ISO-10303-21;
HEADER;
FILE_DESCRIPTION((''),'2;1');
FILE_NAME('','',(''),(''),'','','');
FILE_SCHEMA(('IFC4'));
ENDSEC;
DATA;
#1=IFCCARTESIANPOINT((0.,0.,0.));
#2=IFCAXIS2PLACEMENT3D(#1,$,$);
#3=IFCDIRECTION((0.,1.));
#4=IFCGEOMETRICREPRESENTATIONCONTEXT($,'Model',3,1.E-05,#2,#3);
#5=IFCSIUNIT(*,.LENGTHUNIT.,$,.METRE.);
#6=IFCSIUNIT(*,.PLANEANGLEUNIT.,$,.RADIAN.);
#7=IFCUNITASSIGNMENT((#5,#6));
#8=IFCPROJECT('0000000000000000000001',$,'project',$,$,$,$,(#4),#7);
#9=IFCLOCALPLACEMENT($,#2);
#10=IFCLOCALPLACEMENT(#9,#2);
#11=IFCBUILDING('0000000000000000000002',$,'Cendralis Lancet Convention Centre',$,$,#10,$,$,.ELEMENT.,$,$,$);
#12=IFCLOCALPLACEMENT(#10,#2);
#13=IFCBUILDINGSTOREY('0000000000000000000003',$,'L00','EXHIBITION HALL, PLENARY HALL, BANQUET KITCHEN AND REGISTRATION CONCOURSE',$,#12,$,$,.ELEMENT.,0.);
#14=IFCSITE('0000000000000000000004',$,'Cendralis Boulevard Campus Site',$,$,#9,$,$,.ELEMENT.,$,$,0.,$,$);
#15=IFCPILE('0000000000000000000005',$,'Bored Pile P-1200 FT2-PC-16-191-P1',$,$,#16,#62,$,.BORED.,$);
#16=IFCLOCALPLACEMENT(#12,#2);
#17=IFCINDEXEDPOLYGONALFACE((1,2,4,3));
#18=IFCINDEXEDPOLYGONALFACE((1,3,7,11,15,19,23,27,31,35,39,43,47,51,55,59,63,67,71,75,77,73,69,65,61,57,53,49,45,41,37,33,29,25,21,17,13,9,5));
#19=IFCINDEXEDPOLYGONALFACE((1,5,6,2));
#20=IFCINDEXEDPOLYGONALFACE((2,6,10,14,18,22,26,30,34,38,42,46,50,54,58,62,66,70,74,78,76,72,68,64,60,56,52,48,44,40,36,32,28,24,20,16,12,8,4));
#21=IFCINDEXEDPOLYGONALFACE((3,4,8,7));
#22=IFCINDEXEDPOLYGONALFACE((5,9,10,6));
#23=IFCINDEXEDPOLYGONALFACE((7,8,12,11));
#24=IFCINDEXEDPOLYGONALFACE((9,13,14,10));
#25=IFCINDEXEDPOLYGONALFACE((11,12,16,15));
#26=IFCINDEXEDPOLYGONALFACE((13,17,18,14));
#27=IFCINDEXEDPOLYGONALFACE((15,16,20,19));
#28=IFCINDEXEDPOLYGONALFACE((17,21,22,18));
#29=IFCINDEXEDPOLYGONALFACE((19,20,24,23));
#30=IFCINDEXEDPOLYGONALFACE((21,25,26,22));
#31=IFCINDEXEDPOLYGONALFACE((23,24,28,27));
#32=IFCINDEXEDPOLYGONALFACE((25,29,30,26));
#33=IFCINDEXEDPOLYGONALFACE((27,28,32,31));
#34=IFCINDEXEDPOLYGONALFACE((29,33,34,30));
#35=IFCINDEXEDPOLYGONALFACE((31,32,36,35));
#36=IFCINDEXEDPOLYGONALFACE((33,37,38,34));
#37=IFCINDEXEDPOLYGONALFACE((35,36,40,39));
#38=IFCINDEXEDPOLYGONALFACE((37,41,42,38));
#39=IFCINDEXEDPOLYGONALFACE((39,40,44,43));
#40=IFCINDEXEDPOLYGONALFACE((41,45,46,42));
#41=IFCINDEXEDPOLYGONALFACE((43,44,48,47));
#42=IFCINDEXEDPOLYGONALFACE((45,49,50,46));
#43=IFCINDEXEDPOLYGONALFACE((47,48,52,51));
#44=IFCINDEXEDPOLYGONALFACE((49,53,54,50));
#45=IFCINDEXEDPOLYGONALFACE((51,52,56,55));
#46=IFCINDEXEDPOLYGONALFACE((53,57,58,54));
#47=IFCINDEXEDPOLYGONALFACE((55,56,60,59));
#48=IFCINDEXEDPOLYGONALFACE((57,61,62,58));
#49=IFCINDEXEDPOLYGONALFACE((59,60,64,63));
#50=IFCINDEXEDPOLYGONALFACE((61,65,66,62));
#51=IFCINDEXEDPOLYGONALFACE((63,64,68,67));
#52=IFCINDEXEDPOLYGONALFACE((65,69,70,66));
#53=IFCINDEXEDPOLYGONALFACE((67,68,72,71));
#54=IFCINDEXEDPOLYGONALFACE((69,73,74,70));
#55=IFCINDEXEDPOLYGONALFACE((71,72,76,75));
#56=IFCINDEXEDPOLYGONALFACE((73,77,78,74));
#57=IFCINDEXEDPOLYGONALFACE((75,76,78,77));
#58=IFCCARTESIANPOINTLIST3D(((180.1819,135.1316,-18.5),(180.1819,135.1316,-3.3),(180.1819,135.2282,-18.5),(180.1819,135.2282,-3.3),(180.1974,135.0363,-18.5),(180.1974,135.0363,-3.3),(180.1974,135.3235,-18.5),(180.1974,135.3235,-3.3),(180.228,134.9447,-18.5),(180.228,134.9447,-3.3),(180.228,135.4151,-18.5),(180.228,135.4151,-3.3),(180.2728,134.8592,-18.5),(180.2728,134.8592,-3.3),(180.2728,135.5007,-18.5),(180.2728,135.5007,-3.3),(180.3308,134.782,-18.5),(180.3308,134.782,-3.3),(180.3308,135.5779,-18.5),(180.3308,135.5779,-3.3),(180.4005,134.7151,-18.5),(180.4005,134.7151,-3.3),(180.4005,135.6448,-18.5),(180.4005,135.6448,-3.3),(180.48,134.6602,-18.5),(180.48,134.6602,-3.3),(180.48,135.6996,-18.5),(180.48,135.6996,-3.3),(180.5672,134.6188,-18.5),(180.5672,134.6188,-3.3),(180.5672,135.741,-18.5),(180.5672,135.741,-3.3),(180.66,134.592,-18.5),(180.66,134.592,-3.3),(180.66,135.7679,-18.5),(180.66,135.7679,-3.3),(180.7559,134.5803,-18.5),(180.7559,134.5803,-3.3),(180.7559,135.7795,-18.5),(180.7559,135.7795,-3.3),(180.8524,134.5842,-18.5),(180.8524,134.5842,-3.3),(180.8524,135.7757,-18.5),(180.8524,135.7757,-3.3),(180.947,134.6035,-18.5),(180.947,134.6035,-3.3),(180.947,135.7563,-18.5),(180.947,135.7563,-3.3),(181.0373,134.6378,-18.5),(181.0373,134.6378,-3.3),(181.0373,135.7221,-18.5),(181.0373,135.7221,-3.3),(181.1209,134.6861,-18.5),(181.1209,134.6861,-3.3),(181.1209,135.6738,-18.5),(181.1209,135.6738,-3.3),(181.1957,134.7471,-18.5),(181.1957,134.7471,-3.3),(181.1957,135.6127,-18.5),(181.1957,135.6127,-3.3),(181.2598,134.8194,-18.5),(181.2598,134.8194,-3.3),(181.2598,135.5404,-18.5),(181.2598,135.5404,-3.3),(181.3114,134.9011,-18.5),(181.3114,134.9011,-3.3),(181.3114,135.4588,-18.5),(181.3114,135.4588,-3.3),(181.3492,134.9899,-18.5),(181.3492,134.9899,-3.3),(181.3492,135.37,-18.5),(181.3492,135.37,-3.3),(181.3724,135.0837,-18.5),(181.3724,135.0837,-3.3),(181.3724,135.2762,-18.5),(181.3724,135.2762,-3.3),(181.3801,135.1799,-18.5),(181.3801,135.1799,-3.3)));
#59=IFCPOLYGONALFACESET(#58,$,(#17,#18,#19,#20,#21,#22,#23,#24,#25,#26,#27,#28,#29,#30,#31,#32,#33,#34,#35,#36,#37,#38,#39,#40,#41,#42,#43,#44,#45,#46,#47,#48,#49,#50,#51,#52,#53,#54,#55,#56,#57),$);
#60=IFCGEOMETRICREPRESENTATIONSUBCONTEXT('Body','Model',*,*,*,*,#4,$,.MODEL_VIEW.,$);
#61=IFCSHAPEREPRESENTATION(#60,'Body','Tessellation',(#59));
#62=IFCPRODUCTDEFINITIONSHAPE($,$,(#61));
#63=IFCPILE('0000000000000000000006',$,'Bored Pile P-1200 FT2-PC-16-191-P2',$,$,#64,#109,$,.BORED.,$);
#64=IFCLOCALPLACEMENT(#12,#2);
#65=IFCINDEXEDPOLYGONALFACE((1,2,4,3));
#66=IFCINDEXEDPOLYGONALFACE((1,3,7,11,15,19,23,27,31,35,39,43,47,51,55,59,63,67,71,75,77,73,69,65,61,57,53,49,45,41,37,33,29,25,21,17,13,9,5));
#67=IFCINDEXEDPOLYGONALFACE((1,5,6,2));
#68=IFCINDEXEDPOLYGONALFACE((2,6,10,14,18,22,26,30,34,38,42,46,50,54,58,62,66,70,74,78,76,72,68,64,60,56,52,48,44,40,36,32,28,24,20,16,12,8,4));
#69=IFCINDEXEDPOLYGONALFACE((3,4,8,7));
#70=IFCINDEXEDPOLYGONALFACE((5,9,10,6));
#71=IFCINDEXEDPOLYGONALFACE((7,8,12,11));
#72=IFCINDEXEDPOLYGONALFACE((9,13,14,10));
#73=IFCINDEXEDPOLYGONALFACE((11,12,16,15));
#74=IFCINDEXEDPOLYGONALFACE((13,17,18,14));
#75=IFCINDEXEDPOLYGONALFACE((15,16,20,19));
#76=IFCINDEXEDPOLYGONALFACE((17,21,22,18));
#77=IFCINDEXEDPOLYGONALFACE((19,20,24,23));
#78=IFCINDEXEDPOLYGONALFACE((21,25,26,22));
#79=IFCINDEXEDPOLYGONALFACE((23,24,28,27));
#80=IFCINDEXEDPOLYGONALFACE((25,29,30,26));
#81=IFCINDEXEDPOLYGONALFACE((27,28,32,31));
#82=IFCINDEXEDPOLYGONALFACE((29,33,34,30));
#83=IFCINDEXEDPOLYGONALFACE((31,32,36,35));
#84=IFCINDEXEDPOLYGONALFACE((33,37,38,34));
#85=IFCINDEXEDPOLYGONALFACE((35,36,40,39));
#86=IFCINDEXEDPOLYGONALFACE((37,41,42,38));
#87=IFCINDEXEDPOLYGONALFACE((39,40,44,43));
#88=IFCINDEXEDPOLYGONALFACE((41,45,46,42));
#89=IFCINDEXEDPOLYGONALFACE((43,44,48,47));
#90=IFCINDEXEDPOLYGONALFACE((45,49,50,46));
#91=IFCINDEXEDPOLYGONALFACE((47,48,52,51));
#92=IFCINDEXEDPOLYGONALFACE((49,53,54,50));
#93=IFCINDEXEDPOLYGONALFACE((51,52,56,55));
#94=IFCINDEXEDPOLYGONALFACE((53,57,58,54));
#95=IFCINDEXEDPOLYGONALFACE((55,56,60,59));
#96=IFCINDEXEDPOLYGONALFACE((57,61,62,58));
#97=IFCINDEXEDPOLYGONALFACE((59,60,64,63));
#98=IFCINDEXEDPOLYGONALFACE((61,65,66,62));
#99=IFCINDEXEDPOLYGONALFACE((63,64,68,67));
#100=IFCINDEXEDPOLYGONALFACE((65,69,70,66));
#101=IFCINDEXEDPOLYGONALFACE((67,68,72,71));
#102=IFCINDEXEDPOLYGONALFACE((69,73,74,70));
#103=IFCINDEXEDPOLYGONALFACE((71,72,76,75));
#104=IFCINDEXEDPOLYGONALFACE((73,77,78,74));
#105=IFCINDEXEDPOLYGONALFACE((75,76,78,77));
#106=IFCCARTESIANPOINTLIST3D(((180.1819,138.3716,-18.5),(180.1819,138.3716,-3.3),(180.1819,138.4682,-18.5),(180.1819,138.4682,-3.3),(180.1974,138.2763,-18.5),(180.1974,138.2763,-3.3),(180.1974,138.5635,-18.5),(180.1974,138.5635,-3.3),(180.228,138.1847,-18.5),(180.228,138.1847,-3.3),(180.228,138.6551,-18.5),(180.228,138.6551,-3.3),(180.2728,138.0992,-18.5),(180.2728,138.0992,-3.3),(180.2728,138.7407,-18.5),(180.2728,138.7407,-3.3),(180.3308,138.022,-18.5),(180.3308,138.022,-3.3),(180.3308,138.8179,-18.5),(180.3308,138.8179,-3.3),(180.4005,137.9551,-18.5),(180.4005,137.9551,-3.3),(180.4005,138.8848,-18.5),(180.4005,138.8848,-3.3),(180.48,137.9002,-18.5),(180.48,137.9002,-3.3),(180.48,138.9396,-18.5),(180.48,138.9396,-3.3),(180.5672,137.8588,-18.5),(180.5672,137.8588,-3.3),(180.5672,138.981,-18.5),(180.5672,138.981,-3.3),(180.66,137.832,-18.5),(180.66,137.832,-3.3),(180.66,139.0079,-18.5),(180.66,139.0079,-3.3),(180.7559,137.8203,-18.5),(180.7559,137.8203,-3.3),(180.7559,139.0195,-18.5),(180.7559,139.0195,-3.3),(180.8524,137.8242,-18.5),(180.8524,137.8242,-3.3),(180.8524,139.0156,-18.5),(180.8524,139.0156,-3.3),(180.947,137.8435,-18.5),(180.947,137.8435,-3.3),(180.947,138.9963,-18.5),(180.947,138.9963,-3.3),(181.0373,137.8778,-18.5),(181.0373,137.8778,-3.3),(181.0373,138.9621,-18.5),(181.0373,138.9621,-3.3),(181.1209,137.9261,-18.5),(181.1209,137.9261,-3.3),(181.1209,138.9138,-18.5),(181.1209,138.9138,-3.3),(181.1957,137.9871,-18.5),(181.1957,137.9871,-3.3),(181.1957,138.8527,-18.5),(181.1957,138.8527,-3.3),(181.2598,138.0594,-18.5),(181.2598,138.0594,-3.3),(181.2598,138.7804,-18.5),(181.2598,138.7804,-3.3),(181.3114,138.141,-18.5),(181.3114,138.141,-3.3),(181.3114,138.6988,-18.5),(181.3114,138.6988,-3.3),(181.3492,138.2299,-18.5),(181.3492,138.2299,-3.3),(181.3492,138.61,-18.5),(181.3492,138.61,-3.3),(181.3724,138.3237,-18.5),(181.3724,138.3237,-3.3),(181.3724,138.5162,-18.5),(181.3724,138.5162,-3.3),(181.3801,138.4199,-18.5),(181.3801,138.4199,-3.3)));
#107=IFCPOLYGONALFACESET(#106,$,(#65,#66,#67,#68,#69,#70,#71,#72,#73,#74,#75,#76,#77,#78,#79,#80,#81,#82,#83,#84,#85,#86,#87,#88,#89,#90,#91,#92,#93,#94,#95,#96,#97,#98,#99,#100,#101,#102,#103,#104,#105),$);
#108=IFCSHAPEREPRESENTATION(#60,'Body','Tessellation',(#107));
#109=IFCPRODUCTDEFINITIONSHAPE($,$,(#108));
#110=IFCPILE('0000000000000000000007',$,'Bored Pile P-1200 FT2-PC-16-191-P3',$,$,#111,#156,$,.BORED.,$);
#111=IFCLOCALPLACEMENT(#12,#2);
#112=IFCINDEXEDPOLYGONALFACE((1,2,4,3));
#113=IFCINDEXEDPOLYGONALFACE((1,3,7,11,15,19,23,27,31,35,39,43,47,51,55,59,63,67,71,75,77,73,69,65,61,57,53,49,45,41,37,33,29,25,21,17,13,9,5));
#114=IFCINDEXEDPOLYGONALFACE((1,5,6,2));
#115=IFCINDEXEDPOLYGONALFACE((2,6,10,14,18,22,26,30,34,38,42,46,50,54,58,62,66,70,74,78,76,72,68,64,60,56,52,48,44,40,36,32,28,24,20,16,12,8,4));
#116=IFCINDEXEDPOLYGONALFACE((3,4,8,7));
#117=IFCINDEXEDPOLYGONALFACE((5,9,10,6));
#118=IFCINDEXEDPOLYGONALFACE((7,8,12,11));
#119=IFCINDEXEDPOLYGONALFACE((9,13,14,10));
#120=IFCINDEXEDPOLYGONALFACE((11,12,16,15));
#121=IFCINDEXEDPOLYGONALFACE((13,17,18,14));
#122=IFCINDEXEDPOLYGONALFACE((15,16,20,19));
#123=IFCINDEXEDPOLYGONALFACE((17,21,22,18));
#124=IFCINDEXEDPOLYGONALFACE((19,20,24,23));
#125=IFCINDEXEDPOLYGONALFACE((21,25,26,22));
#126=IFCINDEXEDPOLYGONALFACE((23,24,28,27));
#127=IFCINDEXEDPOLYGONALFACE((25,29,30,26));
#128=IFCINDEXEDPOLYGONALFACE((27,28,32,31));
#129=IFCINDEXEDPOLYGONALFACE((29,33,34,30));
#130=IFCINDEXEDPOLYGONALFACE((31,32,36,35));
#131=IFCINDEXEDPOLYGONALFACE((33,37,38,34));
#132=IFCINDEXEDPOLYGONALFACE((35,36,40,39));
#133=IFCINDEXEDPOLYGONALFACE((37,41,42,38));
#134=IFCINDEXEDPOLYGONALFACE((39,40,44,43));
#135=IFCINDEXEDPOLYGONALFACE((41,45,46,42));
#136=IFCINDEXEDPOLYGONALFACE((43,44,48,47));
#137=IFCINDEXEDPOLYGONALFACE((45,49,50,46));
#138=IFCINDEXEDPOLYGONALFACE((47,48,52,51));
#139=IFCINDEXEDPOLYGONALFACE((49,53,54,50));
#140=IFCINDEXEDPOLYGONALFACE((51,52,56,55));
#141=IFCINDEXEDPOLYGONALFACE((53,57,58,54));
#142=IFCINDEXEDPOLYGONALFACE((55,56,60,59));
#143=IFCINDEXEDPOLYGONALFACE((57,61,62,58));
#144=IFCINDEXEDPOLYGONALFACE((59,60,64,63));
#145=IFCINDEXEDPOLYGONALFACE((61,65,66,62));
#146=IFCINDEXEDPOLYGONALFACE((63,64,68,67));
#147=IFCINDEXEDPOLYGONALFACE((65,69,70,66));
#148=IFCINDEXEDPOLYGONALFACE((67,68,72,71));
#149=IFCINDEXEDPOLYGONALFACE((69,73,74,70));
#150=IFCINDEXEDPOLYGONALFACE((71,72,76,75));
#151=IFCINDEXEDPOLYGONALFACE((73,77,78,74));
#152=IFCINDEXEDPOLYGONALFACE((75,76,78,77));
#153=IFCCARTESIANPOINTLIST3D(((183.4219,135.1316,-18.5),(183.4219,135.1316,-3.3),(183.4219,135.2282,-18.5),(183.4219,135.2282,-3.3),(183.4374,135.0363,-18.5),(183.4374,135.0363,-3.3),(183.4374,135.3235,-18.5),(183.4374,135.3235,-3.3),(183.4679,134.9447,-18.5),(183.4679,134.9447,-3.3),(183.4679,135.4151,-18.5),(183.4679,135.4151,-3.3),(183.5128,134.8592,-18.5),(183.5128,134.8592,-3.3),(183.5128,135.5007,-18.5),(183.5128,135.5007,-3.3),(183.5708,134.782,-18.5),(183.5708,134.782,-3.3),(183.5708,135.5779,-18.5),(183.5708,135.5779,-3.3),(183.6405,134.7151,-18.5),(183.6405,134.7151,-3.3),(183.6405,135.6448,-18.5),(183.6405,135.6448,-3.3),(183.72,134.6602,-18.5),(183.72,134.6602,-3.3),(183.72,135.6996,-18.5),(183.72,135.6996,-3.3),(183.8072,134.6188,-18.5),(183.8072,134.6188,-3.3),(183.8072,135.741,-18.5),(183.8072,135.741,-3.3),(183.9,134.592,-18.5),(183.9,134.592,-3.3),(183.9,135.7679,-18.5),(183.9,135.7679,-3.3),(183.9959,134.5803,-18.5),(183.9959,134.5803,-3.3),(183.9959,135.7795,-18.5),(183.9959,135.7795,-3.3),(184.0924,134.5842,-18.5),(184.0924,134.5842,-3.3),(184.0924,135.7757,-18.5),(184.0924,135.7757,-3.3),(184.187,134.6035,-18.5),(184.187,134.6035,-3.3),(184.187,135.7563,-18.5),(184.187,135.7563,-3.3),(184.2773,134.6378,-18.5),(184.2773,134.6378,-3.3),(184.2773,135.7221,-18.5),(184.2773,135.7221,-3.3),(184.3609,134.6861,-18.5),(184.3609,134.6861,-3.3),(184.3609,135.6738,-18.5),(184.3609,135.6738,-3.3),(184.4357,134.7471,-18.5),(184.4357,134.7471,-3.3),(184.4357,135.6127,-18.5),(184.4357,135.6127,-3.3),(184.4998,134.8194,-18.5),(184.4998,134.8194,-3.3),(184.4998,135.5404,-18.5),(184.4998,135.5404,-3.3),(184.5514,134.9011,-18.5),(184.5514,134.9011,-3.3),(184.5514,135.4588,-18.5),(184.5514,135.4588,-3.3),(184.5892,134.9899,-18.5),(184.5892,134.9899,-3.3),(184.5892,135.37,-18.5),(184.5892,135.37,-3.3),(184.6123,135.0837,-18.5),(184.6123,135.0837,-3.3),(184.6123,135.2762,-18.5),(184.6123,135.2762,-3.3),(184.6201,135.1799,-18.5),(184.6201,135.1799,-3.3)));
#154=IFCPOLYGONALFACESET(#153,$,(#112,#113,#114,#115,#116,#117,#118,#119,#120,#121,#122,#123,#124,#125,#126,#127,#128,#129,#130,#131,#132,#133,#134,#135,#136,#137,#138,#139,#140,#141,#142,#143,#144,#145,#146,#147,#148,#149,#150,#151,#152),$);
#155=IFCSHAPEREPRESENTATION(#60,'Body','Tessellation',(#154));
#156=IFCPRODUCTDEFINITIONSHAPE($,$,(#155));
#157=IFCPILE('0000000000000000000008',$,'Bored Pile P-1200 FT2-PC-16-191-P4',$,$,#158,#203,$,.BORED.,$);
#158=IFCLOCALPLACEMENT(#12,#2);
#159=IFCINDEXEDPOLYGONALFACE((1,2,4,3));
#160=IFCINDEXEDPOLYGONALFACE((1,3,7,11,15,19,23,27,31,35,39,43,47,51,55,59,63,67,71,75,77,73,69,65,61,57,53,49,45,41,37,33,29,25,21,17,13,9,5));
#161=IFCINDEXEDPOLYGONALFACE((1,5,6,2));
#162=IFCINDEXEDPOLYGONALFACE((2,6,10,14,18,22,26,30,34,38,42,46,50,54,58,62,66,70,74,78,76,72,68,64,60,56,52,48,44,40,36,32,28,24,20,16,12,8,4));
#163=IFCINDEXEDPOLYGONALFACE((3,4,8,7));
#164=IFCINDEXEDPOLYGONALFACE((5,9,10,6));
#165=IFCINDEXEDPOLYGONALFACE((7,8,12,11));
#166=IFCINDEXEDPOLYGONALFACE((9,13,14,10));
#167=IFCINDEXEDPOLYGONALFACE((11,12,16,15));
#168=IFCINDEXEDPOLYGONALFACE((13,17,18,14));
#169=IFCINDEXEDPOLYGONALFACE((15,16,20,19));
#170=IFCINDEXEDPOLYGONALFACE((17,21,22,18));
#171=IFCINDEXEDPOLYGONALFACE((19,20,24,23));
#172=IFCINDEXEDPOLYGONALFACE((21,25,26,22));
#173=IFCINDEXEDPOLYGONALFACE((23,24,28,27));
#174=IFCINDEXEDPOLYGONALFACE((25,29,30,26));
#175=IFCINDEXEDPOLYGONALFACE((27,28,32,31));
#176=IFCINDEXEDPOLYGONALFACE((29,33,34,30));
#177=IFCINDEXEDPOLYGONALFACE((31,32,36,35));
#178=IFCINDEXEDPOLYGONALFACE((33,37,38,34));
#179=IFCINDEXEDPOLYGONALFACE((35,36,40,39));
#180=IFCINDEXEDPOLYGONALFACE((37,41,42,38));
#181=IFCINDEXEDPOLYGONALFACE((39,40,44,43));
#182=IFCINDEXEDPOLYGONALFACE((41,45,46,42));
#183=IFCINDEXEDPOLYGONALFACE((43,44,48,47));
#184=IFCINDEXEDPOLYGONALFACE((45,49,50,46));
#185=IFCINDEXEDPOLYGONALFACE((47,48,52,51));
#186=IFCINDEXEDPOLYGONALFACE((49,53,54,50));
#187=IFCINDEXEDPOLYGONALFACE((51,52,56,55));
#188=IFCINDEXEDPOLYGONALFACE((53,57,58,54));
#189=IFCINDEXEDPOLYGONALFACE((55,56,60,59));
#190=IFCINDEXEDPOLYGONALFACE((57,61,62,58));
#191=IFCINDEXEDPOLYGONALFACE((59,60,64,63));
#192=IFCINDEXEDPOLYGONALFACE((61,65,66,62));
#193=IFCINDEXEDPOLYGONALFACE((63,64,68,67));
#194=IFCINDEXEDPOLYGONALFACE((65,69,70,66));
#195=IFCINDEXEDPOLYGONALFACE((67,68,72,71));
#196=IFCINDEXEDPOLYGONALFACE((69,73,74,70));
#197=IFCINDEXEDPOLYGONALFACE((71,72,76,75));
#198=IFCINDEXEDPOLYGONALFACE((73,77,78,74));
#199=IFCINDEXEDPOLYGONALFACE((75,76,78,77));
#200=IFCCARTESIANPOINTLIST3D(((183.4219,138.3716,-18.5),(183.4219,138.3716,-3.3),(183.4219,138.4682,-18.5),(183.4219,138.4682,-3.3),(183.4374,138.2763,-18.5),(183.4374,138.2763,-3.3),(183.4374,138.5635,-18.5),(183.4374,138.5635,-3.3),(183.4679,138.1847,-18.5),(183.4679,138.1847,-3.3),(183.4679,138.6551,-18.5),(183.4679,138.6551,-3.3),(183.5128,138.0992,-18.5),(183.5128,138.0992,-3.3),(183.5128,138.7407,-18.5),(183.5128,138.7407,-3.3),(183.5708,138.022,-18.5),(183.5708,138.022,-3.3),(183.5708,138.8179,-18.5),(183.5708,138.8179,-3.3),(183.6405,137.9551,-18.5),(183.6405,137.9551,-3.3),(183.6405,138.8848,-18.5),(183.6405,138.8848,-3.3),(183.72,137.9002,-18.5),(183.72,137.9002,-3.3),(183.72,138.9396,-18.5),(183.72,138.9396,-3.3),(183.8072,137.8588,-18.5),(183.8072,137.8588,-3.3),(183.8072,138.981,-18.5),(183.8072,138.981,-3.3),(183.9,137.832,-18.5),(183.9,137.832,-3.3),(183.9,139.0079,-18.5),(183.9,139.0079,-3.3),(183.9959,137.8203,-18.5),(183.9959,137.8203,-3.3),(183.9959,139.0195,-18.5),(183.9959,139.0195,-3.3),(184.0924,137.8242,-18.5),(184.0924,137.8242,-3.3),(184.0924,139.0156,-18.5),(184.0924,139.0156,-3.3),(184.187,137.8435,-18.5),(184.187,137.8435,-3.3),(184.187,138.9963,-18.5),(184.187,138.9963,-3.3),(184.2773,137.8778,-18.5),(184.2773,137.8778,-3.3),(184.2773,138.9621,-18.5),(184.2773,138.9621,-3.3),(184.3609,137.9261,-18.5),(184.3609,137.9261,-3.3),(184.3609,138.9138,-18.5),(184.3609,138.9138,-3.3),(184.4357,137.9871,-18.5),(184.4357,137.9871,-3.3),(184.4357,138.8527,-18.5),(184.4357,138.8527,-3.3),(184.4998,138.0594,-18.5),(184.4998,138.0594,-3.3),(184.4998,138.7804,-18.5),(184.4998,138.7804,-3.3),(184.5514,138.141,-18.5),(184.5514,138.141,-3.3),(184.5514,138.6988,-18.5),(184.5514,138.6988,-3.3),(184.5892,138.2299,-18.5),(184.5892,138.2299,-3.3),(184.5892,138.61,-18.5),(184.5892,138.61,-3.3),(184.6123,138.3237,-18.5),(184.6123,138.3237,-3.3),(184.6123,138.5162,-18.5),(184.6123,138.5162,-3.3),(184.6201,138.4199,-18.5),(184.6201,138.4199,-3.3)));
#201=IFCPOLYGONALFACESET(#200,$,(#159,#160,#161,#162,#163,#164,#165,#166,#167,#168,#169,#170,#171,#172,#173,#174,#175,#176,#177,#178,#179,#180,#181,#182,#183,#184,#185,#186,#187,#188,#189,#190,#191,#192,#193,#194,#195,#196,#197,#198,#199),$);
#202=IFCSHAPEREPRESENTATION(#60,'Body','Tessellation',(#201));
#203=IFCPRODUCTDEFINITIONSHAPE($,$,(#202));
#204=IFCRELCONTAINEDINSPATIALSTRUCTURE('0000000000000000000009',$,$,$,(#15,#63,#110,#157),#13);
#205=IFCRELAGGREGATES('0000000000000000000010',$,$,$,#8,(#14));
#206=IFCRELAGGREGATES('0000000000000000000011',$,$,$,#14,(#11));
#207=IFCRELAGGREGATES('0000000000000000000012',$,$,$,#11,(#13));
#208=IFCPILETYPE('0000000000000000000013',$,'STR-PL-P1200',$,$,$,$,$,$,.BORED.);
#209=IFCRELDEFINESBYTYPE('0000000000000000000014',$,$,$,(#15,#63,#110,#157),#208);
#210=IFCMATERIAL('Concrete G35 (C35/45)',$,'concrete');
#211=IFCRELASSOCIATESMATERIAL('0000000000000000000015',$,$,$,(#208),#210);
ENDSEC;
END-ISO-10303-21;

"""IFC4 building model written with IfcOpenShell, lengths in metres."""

from ifc_helpers import new_model, si_unit, direction, frame, origin, origin_2d, place, context, subcontext, project, spatial, circle, extrude, material, material_profile, profile_set, type_object, element, save


model = new_model("IFC4")

# Units and contexts
model_context = context("Model", 3, precision=1e-05, world=origin(), true_north=direction((0.0, 1.0)))
body_context = subcontext(model_context, "Body", "Model", "MODEL_VIEW")
ifc_project = project(units=[si_unit("LENGTHUNIT", "METRE"), si_unit("PLANEANGLEUNIT", "RADIAN")], contexts=[model_context])

# Site, building, storey
site_placement = place(None, origin())
site = spatial("IfcSite", under=ifc_project, at=site_placement, Name="Cendralis Boulevard Campus Site", CompositionType="ELEMENT", RefElevation=0.0)
building_placement = place(site_placement, origin())
building = spatial("IfcBuilding", under=site, at=building_placement, Name="Cendralis Lancet Convention Centre", CompositionType="ELEMENT")
storey_placement = place(building_placement, origin())
storey = spatial("IfcBuildingStorey", under=building, at=storey_placement, Name="L00", Description="EXHIBITION HALL, PLENARY HALL, BANQUET KITCHEN AND REGISTRATION CONCOURSE", CompositionType="ELEMENT", Elevation=0.0)

# Shared definitions
ifc_material_1 = material(Name="Concrete G35 (C35/45)", Category="concrete")

# Piles
ifc_material_profile_1 = material_profile(ifc_material_1, circle(Radius=0.6001, at=origin_2d()), Name="BORED PILE D1200")
ifc_profile_set_1 = profile_set([ifc_material_profile_1], Name="Concrete G35 (C35/45)")
pile_type = type_object("IfcPileType", Name="STR-PL-P1200", PredefinedType="BORED", material=ifc_profile_set_1)
for number, where, z_axis, x_axis, name in (
    (1, (180.78, 135.1799, -3.3), (0.0, 0.0, -1.0), (1.0, 0.0, 0.0), "Bored Pile P-1200 FT2-PC-16-191-P1"),
    (2, (180.78, 138.4199, -3.3), (0.0, 0.0, -1.0), (1.0, 0.0, 0.0), "Bored Pile P-1200 FT2-PC-16-191-P2"),
    (3, (184.02, 135.1799, -3.3), (0.0, 0.0, -1.0), (1.0, 0.0, 0.0), "Bored Pile P-1200 FT2-PC-16-191-P3"),
    (4, (184.02, 138.4199, -3.3), (0.0, 0.0, -1.0), (1.0, 0.0, 0.0), "Bored Pile P-1200 FT2-PC-16-191-P4"),
):
    element("IfcPile", number, at=place(storey_placement, frame(where, z_axis=z_axis, x_axis=x_axis)), inside=storey, type_object=pile_type, Name=name, PredefinedType="BORED", context=body_context, shape_type="SweptSolid", body=[
        extrude(circle(Radius=0.6001, at=origin_2d()), origin(), (0.0, 0.0, 1.0), 15.2),
    ])

save(model, "model.ifc")
